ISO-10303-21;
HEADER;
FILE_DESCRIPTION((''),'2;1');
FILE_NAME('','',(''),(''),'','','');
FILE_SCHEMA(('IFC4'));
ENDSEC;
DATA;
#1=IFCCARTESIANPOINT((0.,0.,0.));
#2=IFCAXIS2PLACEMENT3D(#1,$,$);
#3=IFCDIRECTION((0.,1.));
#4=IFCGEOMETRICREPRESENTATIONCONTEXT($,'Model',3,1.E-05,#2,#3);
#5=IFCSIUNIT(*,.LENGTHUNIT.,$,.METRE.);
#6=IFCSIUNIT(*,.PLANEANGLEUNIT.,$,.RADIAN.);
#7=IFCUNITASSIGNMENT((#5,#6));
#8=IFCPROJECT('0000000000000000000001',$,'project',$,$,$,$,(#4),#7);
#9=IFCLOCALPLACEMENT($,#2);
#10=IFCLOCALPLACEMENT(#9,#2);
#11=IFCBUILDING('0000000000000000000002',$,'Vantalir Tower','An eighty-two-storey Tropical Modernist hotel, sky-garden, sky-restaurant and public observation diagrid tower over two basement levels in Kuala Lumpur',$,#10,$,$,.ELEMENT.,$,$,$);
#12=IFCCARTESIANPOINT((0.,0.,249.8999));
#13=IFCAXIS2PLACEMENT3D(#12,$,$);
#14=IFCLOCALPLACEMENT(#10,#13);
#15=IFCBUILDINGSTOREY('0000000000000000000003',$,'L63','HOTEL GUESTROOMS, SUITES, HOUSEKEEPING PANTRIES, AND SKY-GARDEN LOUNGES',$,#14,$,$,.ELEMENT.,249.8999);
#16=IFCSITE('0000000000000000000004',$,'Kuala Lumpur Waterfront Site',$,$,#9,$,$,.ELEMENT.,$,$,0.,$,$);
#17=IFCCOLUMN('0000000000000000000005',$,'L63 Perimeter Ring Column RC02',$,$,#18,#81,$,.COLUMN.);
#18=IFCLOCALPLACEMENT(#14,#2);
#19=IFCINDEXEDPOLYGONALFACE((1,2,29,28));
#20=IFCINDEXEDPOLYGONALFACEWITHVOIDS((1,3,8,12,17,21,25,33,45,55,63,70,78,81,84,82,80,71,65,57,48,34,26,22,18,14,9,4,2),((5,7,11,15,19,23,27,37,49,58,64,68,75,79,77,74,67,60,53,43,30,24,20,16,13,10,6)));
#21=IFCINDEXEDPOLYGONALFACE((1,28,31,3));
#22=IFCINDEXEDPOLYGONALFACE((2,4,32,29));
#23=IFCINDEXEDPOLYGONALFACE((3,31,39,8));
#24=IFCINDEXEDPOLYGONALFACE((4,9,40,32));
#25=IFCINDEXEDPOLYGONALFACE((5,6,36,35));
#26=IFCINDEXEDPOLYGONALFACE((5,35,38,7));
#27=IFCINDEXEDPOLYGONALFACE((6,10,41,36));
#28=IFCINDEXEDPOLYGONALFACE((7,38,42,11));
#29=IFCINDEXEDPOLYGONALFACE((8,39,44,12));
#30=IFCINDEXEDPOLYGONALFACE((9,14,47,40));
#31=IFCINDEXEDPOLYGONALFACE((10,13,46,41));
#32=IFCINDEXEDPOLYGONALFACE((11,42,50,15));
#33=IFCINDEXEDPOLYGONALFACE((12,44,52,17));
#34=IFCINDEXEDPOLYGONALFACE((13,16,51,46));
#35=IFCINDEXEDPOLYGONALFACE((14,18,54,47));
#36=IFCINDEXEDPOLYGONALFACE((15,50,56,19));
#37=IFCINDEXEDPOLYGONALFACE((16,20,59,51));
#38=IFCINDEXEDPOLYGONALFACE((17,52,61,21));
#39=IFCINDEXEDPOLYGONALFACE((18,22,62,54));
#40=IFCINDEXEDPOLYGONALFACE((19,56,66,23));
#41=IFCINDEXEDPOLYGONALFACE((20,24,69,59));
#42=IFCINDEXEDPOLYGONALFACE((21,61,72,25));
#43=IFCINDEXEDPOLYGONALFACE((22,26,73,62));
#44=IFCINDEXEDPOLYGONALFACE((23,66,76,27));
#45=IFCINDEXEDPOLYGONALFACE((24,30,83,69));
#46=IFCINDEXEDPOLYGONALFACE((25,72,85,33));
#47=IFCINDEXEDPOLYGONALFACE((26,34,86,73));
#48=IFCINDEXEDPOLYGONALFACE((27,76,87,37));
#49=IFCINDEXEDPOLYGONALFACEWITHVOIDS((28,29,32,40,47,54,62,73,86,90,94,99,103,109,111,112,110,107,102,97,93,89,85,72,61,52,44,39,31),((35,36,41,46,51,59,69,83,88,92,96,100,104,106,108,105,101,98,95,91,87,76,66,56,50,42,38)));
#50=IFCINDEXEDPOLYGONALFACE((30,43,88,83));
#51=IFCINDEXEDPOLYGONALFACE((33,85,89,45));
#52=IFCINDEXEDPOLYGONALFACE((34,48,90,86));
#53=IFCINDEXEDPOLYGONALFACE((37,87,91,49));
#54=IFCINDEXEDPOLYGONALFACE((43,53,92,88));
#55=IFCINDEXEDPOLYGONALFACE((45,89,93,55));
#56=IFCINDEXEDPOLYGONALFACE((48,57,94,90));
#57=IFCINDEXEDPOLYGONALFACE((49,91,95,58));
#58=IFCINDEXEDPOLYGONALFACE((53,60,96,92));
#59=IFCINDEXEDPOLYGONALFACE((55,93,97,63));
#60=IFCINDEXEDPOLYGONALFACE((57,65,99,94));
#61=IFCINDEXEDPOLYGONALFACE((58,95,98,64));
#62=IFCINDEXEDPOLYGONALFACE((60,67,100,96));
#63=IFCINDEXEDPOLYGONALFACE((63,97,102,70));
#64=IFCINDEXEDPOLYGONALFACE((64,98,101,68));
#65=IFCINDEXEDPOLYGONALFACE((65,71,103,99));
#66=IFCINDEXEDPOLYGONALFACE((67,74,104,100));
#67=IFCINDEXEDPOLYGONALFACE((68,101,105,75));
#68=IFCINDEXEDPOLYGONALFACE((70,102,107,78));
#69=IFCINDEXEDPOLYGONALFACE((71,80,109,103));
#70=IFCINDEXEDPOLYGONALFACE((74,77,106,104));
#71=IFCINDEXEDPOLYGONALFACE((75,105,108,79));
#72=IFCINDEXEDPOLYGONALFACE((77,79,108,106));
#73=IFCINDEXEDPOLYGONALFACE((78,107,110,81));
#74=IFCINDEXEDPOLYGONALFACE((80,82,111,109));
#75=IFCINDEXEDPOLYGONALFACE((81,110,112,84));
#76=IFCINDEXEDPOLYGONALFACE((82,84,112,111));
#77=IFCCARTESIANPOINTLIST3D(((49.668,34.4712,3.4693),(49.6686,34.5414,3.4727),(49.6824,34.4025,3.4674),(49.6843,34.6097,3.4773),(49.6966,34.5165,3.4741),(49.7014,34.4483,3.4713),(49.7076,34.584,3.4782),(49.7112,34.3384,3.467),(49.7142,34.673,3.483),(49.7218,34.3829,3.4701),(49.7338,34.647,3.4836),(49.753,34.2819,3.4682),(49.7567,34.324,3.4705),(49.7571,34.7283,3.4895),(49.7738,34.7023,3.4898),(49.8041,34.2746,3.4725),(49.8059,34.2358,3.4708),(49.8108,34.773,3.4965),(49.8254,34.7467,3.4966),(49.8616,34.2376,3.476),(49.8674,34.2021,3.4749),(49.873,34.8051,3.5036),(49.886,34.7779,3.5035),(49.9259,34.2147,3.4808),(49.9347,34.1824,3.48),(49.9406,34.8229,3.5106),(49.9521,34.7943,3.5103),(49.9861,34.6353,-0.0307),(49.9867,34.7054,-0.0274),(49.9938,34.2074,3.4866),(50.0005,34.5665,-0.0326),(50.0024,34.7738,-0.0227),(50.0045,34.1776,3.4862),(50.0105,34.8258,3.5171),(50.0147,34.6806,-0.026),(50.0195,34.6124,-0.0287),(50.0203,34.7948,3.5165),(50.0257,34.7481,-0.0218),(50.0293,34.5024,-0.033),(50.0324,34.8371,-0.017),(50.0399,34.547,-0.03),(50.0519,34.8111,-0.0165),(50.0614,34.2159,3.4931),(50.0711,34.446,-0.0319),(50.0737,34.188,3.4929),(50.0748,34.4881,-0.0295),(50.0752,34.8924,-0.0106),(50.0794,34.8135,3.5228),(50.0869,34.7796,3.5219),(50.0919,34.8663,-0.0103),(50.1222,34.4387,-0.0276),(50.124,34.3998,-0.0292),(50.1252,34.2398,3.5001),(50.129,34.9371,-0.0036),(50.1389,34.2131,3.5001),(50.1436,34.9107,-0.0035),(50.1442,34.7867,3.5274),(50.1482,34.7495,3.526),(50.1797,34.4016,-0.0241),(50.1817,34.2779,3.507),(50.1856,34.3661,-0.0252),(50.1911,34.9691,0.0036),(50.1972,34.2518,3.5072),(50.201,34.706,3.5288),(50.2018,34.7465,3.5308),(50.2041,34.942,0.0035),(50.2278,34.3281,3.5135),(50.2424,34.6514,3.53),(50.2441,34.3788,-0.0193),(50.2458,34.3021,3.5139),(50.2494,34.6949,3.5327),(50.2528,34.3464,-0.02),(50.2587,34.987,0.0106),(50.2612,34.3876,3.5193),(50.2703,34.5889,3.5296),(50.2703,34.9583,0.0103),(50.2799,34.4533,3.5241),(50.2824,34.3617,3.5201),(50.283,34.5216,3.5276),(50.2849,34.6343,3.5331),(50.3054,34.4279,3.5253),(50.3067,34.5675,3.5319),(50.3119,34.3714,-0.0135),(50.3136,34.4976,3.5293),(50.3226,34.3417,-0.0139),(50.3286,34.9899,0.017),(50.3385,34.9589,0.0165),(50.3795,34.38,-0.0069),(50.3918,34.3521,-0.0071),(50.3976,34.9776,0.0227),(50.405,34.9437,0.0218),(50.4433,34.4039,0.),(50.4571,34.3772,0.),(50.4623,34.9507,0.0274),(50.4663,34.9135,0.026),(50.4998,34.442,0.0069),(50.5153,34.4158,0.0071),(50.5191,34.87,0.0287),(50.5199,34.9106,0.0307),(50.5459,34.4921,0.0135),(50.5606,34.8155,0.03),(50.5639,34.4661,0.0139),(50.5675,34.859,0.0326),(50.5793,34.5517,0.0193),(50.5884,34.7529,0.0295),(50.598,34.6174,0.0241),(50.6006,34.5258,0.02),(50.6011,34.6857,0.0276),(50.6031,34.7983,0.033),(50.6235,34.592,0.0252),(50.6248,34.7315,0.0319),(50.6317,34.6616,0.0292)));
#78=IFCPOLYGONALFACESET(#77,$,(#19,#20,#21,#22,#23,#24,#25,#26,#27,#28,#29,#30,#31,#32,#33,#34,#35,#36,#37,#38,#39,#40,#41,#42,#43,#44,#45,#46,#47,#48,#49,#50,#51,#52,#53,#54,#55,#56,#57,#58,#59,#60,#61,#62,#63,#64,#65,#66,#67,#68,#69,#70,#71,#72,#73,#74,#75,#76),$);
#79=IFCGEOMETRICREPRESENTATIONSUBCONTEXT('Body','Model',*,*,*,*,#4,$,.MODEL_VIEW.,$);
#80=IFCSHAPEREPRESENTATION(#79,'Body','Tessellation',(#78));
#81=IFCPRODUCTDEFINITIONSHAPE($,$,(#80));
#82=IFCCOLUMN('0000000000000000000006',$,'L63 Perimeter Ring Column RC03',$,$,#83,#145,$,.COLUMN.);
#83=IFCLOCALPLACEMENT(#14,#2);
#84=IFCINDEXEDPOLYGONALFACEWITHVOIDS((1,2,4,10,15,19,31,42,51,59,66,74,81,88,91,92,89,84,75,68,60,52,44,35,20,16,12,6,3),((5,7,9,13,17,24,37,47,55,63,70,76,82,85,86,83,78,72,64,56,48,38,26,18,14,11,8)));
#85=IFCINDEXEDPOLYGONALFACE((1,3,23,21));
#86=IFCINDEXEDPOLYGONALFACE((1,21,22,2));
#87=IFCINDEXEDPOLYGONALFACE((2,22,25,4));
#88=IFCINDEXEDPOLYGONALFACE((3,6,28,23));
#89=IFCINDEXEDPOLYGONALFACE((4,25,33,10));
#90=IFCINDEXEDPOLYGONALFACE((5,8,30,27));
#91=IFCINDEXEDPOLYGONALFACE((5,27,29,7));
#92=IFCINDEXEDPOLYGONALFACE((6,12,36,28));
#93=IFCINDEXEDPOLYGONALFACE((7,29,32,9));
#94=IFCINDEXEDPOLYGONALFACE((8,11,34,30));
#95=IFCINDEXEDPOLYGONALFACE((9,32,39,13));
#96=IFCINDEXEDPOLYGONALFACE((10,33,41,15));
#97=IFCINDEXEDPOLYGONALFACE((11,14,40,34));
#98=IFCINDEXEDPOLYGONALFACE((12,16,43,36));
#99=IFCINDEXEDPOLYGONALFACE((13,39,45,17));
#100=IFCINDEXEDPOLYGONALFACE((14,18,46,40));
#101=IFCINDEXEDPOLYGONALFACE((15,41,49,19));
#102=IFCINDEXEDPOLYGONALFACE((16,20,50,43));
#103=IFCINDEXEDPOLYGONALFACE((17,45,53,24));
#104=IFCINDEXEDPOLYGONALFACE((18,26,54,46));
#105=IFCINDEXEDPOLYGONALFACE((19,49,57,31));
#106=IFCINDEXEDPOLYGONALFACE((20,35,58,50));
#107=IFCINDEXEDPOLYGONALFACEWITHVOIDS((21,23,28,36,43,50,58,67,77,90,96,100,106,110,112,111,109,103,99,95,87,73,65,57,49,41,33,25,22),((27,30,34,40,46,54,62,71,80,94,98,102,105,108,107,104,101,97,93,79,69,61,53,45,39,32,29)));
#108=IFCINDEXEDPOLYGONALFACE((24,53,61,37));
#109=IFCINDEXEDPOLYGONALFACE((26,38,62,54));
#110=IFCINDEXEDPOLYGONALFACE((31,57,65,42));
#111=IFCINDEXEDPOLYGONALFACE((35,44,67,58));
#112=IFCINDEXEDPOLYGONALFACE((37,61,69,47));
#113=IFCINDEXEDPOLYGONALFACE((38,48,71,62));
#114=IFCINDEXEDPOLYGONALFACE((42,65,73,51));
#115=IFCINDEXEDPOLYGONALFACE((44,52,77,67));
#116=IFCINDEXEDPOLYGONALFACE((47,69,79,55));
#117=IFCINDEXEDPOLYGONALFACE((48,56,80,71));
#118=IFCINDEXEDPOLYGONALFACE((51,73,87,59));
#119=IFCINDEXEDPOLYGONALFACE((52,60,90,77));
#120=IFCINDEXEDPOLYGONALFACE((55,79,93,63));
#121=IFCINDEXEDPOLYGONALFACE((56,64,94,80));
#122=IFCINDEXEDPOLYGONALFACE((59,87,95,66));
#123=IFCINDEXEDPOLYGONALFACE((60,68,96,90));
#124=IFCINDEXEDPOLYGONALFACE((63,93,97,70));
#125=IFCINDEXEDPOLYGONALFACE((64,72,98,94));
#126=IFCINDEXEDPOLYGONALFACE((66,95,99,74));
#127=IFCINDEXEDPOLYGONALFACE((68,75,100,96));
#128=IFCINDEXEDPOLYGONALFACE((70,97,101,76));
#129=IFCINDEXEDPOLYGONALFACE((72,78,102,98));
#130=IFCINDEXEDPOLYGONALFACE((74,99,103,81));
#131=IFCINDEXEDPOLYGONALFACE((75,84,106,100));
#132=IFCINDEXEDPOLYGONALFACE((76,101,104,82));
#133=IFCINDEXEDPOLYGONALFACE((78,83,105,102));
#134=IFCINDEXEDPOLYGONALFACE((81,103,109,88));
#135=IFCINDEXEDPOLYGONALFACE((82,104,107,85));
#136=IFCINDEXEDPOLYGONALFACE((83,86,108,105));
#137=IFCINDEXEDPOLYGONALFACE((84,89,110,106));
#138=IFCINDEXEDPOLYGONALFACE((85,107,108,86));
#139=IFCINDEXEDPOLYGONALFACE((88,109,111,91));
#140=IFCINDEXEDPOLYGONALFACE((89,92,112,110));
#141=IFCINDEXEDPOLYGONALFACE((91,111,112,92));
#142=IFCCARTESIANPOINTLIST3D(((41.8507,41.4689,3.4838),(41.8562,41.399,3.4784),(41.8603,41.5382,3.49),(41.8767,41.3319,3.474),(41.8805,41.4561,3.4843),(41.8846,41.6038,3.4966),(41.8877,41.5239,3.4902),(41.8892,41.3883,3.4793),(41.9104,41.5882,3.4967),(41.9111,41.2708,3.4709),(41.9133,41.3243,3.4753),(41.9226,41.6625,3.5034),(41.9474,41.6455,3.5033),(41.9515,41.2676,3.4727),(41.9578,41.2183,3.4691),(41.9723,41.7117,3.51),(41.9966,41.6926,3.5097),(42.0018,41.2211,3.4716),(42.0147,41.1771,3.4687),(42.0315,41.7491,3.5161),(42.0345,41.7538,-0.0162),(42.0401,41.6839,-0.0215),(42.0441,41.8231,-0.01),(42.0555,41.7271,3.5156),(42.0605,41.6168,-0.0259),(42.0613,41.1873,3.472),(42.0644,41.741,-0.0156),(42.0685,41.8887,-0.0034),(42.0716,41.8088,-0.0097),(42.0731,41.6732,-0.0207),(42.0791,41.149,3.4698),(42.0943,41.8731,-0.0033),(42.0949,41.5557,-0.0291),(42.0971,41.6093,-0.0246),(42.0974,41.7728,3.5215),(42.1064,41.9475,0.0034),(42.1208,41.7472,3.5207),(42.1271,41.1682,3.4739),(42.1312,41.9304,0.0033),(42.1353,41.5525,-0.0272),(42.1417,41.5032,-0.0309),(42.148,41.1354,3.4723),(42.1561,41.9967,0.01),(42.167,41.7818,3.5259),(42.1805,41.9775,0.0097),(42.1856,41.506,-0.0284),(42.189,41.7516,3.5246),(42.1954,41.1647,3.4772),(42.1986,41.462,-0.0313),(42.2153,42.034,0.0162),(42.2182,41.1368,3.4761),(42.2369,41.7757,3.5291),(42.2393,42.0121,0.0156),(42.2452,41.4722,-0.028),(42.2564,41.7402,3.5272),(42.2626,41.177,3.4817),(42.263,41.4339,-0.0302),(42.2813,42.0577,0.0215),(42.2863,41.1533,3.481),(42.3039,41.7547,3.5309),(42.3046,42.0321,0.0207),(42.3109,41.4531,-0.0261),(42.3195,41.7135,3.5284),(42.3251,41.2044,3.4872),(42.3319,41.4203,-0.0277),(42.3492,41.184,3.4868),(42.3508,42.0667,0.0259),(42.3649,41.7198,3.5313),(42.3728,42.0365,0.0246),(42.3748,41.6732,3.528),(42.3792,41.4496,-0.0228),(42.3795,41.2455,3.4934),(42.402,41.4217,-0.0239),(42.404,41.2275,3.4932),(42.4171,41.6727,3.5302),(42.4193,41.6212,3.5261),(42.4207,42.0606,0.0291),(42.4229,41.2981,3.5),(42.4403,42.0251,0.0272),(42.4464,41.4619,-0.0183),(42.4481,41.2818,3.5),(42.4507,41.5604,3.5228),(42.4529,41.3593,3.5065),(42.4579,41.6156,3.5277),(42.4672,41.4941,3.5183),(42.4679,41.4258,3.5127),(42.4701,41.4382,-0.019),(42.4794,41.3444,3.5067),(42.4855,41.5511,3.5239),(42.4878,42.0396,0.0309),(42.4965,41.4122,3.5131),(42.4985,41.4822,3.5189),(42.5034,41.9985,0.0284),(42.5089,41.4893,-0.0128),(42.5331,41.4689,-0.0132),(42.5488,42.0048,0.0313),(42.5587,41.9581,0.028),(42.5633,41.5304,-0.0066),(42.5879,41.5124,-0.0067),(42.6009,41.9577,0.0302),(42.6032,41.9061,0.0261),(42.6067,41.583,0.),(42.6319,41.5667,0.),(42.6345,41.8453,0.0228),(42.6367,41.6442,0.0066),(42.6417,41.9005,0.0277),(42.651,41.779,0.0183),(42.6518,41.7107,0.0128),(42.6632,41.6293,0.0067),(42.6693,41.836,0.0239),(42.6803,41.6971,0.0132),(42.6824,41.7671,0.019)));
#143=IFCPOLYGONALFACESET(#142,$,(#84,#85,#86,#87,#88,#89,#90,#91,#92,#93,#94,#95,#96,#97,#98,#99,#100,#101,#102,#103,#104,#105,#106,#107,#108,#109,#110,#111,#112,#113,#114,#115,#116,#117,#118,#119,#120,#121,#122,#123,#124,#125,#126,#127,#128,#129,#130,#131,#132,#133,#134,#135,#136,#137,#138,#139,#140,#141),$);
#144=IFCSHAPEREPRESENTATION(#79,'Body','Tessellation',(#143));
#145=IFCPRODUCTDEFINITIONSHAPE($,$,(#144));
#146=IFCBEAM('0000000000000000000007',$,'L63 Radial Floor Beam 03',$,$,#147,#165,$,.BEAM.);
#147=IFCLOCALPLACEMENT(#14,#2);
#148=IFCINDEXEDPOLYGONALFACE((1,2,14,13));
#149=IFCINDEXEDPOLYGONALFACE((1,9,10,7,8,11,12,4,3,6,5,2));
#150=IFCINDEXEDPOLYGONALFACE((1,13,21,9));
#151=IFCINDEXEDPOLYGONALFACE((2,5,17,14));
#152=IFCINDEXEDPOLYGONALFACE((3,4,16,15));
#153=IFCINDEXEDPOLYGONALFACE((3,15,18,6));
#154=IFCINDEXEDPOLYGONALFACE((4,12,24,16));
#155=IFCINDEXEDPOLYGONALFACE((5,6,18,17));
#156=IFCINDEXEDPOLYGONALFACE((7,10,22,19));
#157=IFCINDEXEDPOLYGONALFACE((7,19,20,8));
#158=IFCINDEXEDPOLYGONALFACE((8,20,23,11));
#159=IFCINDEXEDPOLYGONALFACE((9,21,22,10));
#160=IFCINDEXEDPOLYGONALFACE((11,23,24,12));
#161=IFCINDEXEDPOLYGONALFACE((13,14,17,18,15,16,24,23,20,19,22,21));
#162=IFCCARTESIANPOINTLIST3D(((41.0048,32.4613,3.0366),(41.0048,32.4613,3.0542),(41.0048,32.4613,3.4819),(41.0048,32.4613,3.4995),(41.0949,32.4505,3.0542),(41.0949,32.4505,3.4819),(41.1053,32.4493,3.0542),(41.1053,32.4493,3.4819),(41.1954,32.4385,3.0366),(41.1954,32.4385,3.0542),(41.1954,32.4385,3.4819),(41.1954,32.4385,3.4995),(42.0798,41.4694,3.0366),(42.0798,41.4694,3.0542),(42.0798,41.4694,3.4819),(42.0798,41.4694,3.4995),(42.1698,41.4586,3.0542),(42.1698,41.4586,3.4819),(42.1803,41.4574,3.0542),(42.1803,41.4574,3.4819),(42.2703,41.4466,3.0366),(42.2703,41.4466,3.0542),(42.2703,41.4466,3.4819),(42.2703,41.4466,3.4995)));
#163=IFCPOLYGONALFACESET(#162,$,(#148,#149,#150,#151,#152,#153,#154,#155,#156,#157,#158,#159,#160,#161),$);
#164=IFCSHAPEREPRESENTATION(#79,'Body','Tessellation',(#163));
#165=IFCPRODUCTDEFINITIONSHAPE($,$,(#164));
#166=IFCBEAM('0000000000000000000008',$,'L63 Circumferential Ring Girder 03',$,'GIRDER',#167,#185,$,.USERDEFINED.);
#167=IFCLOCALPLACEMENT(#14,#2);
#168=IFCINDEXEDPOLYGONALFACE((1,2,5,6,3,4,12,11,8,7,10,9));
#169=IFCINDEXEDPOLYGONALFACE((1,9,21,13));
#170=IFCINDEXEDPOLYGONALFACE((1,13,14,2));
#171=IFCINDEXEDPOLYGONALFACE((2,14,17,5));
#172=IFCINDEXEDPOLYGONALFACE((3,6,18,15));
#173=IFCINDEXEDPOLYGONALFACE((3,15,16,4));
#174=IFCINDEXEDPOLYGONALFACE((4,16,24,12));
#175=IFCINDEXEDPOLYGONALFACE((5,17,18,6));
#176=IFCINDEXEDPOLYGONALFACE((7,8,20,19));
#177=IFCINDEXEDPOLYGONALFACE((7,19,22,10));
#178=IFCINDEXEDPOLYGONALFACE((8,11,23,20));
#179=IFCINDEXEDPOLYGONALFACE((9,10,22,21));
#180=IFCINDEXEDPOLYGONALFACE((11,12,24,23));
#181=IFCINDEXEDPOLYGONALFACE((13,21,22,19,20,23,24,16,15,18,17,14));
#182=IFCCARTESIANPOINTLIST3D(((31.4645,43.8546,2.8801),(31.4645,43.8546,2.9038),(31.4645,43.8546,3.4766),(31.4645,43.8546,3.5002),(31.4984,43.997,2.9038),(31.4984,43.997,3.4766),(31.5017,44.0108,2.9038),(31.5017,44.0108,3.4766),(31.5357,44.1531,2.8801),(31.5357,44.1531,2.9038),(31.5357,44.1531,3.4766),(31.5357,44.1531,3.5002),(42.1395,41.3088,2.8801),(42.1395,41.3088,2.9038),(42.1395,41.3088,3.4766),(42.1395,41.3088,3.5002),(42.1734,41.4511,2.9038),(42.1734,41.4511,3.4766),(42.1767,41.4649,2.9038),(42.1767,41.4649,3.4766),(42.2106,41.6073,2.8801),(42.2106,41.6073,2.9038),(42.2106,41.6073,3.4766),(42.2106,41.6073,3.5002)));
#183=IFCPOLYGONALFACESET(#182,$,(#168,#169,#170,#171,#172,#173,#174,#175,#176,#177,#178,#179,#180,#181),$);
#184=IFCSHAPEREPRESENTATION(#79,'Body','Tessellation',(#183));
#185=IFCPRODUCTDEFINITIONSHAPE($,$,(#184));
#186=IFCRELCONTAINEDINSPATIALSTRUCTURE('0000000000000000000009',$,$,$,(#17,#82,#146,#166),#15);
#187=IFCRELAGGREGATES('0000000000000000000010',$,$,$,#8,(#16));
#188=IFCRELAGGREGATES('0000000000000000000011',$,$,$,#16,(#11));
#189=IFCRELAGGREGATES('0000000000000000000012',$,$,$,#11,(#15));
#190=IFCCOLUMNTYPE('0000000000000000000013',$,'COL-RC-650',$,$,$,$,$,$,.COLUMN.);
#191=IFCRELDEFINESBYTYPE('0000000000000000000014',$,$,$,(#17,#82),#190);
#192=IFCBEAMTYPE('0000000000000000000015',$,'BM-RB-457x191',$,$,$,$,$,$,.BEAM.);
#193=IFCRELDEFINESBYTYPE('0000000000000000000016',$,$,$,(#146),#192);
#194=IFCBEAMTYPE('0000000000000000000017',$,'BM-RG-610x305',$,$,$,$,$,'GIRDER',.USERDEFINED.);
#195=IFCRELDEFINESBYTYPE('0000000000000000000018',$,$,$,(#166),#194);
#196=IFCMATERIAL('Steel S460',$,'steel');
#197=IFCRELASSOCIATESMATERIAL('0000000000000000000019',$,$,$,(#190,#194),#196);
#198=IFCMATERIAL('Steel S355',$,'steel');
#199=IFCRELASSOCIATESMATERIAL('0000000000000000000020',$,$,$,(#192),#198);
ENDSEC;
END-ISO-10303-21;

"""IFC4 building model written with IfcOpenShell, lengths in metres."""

from ifc_helpers import new_model, si_unit, direction, frame, origin, origin_2d, place, context, subcontext, project, spatial, hollow_circle, i_section, extrude, material, material_profile, profile_set, type_object, element, save


model = new_model("IFC4")

# Units and contexts
model_context = context("Model", 3, precision=1e-05, world=origin(), true_north=direction((0.0, 1.0)))
body_context = subcontext(model_context, "Body", "Model", "MODEL_VIEW")
ifc_project = project(units=[si_unit("LENGTHUNIT", "METRE"), si_unit("PLANEANGLEUNIT", "RADIAN")], contexts=[model_context])

# Site, building, storey
site_placement = place(None, origin())
site = spatial("IfcSite", under=ifc_project, at=site_placement, Name="Kuala Lumpur Waterfront Site", CompositionType="ELEMENT", RefElevation=0.0)
building_placement = place(site_placement, origin())
building = spatial("IfcBuilding", under=site, at=building_placement, Name="Vantalir Tower", Description="An eighty-two-storey Tropical Modernist hotel, sky-garden, sky-restaurant and public observation diagrid tower over two basement levels in Kuala Lumpur", CompositionType="ELEMENT")
storey_placement = place(building_placement, frame((0.0, 0.0, 249.8999)))
storey = spatial("IfcBuildingStorey", under=building, at=storey_placement, Name="L63", Description="HOTEL GUESTROOMS, SUITES, HOUSEKEEPING PANTRIES, AND SKY-GARDEN LOUNGES", CompositionType="ELEMENT", Elevation=249.8999)

# Columns
ifc_material_1 = material(Name="Steel S460", Category="steel")
ifc_material_profile_1 = material_profile(ifc_material_1, hollow_circle(Radius=0.325, WallThickness=0.03, at=origin_2d()), Name="Steel S460")
ifc_profile_set_1 = profile_set([ifc_material_profile_1], Name="Steel S460")
column_type = type_object("IfcColumnType", Name="COL-RC-650", PredefinedType="COLUMN", material=ifc_profile_set_1)
column_1_placement = place(storey_placement, frame((50.3081, 34.666, 0.0), z_axis=(-0.090418, -0.046632, 0.994812), x_axis=(0.458365, -0.888764, 0.0)))
element("IfcColumn", 1, at=column_1_placement, inside=storey, type_object=column_type, Name="L63 Perimeter Ring Column RC02", PredefinedType="COLUMN", context=body_context, shape_type="SweptSolid", body=[
    extrude(hollow_circle(Radius=0.325, WallThickness=0.03, at=origin_2d()), origin(), (0.0, 0.0, 1.0), 3.5183),
])
column_2_placement = place(storey_placement, frame((42.3589, 41.7429, 0.0), z_axis=(-0.05228, -0.081024, 0.99534), x_axis=(0.840265, -0.542176, 0.0)))
element("IfcColumn", 2, at=column_2_placement, inside=storey, type_object=column_type, Name="L63 Perimeter Ring Column RC03", PredefinedType="COLUMN", context=body_context, shape_type="SweptSolid", body=[
    extrude(hollow_circle(Radius=0.325, WallThickness=0.03, at=origin_2d()), origin(), (0.0, 0.0, 1.0), 3.5164),
])

# Beams
ifc_material_2 = material(Name="Steel S355", Category="steel")
ifc_material_profile_2 = material_profile(ifc_material_2, i_section(OverallWidth=0.1919, OverallDepth=0.4629, WebThickness=0.0105, FlangeThickness=0.0176, at=origin_2d()), Name="Steel S355")
ifc_profile_set_2 = profile_set([ifc_material_profile_2], Name="Steel S355")
beam_type_1 = type_object("IfcBeamType", Name="BM-RB-457x191", PredefinedType="BEAM", material=ifc_profile_set_2)
beam_1_placement = place(storey_placement, frame((42.175, 41.458, 3.2681), z_axis=(-0.118492, -0.992955, 0.0), x_axis=(0.992955, -0.118492, 0.0)))
element("IfcBeam", 3, at=beam_1_placement, inside=storey, type_object=beam_type_1, Name="L63 Radial Floor Beam 03", PredefinedType="BEAM", context=body_context, shape_type="SweptSolid", body=[
    extrude(i_section(OverallWidth=0.1919, OverallDepth=0.4629, WebThickness=0.0105, FlangeThickness=0.0176, at=origin_2d()), origin(), (0.0, 0.0, 1.0), 9.072),
])
ifc_material_profile_3 = material_profile(ifc_material_1, i_section(OverallWidth=0.3069, OverallDepth=0.6201, WebThickness=0.0142, FlangeThickness=0.0237, at=origin_2d()), Name="Steel S460")
ifc_profile_set_3 = profile_set([ifc_material_profile_3], Name="Steel S460")
beam_type_2 = type_object("IfcBeamType", Name="BM-RG-610x305", ElementType="GIRDER", PredefinedType="USERDEFINED", material=ifc_profile_set_3)
beam_2_placement = place(storey_placement, frame((42.175, 41.458, 3.1902), z_axis=(-0.97272, 0.231984, 0.0), x_axis=(-0.231984, -0.97272, 0.0)))
element("IfcBeam", 4, at=beam_2_placement, inside=storey, type_object=beam_type_2, Name="L63 Circumferential Ring Girder 03", ObjectType="GIRDER", PredefinedType="USERDEFINED", context=body_context, shape_type="SweptSolid", body=[
    extrude(i_section(OverallWidth=0.3069, OverallDepth=0.6201, WebThickness=0.0142, FlangeThickness=0.0237, at=origin_2d()), origin(), (0.0, 0.0, 1.0), 10.9744),
])

save(model, "model.ifc")
